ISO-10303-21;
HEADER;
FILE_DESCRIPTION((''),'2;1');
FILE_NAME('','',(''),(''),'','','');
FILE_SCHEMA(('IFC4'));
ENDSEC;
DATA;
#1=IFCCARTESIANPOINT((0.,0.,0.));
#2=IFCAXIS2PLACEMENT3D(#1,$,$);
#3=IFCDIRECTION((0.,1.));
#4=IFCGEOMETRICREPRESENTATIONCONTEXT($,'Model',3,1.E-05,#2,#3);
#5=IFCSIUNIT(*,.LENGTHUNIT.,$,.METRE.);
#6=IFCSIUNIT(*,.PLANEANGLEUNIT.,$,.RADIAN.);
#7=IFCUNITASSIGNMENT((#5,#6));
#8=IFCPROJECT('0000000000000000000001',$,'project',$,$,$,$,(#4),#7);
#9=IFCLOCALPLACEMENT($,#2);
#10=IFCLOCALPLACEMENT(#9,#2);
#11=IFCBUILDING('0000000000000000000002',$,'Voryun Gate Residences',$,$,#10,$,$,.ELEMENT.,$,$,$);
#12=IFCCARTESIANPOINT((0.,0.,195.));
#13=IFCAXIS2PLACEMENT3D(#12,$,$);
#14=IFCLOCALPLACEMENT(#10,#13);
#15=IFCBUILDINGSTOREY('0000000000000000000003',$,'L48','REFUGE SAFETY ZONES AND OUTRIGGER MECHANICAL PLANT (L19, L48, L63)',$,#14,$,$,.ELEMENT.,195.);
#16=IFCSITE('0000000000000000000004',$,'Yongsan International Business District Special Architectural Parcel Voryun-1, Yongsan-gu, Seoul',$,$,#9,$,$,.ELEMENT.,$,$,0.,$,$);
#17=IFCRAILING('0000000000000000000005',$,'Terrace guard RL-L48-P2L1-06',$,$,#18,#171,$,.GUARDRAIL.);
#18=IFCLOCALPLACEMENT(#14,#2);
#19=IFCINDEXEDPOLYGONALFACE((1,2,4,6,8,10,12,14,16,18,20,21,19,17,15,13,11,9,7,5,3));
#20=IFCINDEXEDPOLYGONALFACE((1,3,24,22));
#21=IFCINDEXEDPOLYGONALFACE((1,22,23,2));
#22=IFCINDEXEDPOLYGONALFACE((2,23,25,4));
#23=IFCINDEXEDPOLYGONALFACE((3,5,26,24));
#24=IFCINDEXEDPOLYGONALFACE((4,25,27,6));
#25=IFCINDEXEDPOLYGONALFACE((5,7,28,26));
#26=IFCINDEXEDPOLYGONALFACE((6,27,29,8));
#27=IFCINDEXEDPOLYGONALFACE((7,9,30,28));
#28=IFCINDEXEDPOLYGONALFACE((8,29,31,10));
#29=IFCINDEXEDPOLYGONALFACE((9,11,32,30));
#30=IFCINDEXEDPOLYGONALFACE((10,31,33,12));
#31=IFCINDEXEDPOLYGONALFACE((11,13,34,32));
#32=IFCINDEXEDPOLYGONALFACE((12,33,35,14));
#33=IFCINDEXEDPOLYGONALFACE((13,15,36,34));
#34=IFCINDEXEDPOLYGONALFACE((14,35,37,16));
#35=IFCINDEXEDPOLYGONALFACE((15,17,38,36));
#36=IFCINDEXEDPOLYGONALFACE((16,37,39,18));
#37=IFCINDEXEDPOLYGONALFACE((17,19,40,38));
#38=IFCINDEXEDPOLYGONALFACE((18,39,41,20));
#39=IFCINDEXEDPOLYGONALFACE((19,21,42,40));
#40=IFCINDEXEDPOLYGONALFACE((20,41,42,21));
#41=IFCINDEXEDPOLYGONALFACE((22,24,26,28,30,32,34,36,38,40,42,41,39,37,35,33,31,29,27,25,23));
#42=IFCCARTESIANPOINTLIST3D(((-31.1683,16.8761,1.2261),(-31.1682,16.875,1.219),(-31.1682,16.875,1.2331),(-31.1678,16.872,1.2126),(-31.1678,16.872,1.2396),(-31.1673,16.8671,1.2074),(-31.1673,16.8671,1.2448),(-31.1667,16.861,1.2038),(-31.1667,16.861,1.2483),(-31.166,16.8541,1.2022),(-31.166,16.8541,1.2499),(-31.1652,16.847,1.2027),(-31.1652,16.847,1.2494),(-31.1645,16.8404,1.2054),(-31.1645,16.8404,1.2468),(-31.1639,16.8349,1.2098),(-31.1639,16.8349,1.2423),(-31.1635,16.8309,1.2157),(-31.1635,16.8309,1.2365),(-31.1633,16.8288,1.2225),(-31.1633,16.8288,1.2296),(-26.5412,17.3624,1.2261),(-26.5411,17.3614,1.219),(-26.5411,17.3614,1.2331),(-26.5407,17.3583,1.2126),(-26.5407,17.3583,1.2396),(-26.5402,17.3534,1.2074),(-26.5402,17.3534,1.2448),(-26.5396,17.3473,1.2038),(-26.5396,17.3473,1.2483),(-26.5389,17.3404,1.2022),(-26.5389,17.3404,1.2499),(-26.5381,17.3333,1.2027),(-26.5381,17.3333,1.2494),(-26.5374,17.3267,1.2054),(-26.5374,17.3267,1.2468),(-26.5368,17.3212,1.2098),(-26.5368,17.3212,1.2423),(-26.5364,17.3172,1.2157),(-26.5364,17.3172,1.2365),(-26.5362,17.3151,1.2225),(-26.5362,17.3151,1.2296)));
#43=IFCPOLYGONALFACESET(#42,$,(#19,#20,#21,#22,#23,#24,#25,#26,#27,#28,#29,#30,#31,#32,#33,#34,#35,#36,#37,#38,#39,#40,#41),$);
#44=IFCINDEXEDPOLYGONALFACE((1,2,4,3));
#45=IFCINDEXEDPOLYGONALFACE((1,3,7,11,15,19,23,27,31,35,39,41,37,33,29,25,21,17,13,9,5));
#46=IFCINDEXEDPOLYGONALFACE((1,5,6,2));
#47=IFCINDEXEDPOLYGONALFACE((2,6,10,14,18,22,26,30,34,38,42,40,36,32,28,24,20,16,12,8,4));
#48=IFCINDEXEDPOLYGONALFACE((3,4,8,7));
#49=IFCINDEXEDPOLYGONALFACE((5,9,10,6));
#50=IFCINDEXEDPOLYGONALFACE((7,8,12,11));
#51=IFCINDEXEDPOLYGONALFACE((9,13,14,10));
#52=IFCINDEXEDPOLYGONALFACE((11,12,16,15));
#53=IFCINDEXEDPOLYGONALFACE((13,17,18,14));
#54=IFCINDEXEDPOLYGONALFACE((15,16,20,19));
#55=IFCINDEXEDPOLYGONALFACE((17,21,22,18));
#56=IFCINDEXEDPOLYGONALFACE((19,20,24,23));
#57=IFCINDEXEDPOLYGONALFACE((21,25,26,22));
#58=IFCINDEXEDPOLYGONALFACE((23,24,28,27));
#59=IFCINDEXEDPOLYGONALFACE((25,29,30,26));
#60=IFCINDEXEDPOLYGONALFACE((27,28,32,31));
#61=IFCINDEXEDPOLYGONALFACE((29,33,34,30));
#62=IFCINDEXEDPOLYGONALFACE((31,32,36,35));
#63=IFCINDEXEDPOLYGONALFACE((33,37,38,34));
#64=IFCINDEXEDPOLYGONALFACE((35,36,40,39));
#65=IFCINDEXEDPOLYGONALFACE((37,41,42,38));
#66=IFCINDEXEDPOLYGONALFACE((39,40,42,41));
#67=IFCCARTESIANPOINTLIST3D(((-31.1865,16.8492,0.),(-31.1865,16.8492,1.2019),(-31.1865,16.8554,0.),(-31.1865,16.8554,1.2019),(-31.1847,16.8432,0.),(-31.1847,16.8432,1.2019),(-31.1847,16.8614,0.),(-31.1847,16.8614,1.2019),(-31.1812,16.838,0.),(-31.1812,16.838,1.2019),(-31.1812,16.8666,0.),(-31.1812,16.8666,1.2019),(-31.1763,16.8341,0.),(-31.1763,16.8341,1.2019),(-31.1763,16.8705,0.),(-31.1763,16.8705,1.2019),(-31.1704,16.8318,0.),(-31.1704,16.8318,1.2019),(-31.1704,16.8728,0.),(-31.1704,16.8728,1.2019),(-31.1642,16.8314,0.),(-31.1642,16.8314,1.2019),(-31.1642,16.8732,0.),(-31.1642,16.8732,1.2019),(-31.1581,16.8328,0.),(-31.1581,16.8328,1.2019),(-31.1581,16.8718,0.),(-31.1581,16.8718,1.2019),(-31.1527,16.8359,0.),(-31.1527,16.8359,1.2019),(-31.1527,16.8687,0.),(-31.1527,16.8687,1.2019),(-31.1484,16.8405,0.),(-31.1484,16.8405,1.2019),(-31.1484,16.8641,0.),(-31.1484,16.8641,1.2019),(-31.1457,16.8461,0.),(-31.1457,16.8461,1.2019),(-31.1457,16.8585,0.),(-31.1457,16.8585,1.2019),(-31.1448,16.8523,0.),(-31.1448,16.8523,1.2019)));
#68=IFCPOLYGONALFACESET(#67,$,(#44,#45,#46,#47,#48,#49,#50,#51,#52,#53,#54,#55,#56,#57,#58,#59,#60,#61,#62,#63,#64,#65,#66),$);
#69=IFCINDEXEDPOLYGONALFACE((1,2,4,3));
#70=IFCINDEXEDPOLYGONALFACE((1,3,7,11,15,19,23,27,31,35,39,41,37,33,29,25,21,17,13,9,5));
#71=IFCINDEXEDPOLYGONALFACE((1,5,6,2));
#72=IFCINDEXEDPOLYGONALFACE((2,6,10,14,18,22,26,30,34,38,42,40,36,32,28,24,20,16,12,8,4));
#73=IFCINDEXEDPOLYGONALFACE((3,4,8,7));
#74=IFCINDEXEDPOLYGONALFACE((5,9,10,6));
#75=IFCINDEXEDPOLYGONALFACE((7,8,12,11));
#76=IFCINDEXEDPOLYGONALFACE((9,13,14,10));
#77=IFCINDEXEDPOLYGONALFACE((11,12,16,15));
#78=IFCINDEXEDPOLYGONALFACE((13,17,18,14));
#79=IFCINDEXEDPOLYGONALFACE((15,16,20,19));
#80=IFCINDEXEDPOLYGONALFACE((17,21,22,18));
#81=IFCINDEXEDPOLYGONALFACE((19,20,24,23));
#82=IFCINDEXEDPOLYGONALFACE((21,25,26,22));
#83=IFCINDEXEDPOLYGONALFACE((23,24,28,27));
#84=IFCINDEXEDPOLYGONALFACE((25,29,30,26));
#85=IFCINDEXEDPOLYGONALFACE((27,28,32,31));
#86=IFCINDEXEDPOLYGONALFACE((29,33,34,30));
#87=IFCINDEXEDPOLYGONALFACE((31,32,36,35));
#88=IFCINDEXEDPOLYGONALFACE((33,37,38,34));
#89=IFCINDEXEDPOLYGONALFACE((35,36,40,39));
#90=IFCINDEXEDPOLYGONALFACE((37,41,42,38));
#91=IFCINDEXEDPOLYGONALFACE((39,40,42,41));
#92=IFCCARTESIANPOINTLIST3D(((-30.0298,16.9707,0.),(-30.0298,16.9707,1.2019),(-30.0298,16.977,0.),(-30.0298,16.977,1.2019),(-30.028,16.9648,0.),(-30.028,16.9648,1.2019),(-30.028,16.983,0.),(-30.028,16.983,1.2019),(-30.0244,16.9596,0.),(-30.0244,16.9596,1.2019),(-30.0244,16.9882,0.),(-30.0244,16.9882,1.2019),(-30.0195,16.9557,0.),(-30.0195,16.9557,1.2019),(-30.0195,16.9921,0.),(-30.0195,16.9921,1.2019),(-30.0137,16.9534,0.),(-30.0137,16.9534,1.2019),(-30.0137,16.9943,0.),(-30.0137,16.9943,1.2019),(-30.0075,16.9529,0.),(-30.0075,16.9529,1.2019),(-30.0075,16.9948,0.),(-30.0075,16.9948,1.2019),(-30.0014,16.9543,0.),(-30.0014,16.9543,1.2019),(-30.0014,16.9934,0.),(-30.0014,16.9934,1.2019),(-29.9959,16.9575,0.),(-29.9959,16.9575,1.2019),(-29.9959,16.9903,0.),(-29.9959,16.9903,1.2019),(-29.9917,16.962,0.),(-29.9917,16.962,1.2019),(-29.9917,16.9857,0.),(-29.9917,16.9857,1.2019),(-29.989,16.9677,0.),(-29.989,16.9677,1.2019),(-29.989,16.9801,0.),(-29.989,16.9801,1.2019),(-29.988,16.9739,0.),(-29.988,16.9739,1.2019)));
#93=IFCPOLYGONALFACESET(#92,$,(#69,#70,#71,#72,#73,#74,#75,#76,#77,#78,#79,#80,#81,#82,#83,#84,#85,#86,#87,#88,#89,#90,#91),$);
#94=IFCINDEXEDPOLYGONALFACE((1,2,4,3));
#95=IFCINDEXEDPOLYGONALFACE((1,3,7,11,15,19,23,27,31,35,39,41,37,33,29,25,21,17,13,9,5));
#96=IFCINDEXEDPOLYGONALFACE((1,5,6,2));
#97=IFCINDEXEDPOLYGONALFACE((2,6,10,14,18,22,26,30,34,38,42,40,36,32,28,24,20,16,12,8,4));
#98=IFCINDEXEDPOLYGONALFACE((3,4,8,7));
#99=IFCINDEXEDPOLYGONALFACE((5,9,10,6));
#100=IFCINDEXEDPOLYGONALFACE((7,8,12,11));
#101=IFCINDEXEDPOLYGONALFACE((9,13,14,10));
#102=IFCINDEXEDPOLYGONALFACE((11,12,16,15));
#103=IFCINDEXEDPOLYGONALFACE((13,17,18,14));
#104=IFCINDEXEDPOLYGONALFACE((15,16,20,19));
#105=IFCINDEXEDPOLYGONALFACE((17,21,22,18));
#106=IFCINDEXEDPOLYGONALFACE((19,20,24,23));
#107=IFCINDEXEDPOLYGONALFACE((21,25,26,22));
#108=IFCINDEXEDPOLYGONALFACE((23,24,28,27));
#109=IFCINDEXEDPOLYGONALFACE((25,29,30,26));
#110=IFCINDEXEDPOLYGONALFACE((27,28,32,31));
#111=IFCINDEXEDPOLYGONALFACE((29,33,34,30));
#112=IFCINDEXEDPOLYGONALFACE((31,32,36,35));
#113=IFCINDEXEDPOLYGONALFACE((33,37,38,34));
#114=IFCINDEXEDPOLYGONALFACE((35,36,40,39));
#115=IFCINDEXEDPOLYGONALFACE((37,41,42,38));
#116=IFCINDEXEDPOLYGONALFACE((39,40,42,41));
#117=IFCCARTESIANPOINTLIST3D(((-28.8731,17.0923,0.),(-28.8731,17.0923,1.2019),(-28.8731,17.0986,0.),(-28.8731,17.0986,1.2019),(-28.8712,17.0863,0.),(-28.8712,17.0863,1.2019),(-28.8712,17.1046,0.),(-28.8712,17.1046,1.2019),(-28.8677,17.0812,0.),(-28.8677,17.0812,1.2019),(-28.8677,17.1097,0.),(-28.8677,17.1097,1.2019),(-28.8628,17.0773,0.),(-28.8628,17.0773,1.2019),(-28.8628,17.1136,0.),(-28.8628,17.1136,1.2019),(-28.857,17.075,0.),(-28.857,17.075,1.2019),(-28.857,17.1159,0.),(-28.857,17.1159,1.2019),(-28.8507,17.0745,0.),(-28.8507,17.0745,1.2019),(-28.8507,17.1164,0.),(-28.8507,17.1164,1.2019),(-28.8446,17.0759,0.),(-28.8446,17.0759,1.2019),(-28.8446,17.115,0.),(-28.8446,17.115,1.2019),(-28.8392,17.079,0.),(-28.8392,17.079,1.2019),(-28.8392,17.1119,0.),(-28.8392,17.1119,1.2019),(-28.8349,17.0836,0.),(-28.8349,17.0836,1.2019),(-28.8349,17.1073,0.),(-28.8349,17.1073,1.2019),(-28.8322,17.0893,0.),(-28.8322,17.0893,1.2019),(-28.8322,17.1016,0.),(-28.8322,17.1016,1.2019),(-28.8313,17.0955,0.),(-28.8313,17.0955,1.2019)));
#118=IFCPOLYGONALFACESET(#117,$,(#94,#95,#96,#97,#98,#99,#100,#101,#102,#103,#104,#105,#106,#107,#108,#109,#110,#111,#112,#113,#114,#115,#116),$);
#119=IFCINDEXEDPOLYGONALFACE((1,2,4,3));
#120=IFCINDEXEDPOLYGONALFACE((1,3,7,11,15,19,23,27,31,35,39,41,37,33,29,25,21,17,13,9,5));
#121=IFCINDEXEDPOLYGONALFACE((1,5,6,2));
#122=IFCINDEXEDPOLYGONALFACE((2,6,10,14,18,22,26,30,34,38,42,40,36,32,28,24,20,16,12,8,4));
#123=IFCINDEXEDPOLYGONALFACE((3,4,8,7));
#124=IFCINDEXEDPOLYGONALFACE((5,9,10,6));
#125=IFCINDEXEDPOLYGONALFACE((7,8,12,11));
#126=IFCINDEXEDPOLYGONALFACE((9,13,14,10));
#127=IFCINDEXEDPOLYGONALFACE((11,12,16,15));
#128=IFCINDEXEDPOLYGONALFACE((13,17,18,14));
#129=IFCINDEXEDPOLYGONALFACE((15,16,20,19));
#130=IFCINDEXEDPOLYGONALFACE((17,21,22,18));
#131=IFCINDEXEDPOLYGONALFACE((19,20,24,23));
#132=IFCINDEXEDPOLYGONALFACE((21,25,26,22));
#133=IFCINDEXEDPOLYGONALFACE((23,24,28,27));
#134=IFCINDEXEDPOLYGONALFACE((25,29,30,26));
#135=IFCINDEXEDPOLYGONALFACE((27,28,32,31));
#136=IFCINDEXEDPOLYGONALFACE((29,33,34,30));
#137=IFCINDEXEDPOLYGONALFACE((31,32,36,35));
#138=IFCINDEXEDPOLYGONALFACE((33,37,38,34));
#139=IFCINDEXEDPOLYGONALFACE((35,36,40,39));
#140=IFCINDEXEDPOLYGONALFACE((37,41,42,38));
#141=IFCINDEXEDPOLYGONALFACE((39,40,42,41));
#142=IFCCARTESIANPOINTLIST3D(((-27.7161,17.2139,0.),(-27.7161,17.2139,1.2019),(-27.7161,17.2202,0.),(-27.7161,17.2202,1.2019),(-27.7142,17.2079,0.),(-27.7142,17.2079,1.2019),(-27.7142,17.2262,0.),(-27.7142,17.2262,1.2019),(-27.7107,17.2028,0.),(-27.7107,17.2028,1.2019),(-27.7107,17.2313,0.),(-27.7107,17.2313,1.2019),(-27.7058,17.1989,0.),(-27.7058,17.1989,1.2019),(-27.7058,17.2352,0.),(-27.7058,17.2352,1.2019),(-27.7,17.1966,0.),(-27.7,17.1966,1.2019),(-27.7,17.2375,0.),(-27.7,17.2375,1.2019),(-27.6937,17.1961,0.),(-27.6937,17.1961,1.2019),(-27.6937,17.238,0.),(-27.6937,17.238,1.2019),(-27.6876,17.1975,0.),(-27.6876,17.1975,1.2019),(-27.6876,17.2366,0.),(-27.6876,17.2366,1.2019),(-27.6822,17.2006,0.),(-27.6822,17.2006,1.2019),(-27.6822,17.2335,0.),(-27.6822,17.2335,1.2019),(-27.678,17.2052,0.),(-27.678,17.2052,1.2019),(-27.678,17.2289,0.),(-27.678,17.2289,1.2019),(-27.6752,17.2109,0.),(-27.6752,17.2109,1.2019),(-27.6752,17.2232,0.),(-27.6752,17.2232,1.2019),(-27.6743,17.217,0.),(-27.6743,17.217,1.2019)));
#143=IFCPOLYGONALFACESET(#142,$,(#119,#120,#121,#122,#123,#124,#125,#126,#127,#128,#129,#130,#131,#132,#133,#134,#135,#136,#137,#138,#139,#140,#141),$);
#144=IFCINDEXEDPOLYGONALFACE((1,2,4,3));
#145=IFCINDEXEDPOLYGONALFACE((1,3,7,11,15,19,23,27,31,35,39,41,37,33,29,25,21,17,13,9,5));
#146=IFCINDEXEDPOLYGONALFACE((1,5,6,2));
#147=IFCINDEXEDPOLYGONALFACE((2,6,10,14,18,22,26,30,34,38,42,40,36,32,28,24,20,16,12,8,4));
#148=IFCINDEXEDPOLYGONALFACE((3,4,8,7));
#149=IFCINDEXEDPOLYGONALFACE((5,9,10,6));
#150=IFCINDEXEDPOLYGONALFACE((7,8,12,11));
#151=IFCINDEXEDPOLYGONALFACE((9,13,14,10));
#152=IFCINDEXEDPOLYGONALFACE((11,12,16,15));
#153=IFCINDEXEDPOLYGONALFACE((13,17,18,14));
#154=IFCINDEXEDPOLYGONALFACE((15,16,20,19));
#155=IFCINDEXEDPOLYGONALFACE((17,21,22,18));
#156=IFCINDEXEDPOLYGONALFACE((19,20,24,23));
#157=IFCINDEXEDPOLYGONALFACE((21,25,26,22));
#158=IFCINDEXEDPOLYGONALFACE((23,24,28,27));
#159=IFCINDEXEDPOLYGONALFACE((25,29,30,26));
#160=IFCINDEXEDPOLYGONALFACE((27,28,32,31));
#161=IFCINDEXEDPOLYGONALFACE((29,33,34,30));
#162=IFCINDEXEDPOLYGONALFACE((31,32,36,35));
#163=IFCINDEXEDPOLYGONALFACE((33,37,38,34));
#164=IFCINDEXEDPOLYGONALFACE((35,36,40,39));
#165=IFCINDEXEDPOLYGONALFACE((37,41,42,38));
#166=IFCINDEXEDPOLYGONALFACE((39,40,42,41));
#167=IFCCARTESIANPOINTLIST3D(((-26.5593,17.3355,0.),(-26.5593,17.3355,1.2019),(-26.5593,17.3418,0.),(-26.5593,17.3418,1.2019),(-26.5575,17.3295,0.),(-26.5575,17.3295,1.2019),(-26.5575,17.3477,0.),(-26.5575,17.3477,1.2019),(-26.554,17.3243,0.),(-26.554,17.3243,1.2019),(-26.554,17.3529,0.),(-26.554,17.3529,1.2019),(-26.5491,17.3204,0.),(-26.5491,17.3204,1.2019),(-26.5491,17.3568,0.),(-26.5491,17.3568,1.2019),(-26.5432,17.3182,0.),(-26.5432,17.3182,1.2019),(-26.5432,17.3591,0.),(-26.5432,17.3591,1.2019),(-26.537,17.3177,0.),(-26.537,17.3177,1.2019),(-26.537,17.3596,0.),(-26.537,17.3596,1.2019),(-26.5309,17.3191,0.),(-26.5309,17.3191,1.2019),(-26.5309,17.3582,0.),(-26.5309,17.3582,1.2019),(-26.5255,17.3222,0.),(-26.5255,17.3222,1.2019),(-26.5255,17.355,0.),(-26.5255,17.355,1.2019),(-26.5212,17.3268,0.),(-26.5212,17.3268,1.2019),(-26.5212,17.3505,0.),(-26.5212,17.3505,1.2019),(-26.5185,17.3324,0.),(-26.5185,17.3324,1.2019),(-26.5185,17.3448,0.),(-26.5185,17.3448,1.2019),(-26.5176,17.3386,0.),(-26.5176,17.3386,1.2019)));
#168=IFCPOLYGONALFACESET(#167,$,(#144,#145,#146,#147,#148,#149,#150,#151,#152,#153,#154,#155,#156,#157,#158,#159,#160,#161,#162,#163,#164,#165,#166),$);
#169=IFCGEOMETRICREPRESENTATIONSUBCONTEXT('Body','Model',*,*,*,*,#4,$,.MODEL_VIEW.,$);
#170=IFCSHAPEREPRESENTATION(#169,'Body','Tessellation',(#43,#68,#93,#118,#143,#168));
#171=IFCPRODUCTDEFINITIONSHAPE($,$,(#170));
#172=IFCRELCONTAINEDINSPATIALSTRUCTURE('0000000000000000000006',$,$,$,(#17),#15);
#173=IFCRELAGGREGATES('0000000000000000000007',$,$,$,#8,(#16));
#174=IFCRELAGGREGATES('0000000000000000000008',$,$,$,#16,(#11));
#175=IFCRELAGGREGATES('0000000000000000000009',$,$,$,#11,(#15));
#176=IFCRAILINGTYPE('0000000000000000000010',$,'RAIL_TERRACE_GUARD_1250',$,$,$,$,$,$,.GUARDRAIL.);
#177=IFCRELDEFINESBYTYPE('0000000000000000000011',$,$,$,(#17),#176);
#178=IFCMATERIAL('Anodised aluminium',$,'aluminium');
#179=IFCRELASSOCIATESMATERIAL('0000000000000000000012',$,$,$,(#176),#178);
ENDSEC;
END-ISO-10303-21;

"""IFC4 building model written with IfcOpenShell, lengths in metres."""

from ifc_helpers import new_model, si_unit, direction, frame, origin, origin_2d, place, context, subcontext, project, spatial, circle, extrude, material, type_object, element, save


model = new_model("IFC4")

# Units and contexts
model_context = context("Model", 3, precision=1e-05, world=origin(), true_north=direction((0.0, 1.0)))
body_context = subcontext(model_context, "Body", "Model", "MODEL_VIEW")
ifc_project = project(units=[si_unit("LENGTHUNIT", "METRE"), si_unit("PLANEANGLEUNIT", "RADIAN")], contexts=[model_context])

# Site, building, storey
site_placement = place(None, origin())
site = spatial("IfcSite", under=ifc_project, at=site_placement, Name="Yongsan International Business District Special Architectural Parcel Voryun-1, Yongsan-gu, Seoul", CompositionType="ELEMENT", RefElevation=0.0)
building_placement = place(site_placement, origin())
building = spatial("IfcBuilding", under=site, at=building_placement, Name="Voryun Gate Residences", CompositionType="ELEMENT")
storey_placement = place(building_placement, frame((0.0, 0.0, 195.0)))
storey = spatial("IfcBuildingStorey", under=building, at=storey_placement, Name="L48", Description="REFUGE SAFETY ZONES AND OUTRIGGER MECHANICAL PLANT (L19, L48, L63)", CompositionType="ELEMENT", Elevation=195.0)

# Railing
ifc_material_1 = material(Name="Anodised aluminium", Category="aluminium")
railing_type = type_object("IfcRailingType", Name="RAIL_TERRACE_GUARD_1250", PredefinedType="GUARDRAIL", material=ifc_material_1)
railing_1_placement = place(storey_placement, frame((-31.1658, 16.8523, 0.0)))
element("IfcRailing", 1, at=railing_1_placement, inside=storey, type_object=railing_type, Name="Terrace guard RL-L48-P2L1-06", PredefinedType="GUARDRAIL", context=body_context, shape_type="SweptSolid", body=[
    extrude(circle(Radius=0.0239, at=origin_2d()), frame((0.0, 0.0, 1.2261), z_axis=(0.994522, 0.104526, 0.0), x_axis=(-0.104526, 0.994522, 0.0)), (0.0, 0.0, 1.0), 4.6526),
    extrude(circle(Radius=0.021, at=origin_2d()), origin(), (0.0, 0.0, 1.0), 1.2019),
    extrude(circle(Radius=0.021, at=origin_2d()), frame((1.1567, 0.1216, 0.0)), (0.0, 0.0, 1.0), 1.2019),
    extrude(circle(Radius=0.021, at=origin_2d()), frame((2.3135, 0.2432, 0.0)), (0.0, 0.0, 1.0), 1.2019),
    extrude(circle(Radius=0.021, at=origin_2d()), frame((3.4705, 0.3647, 0.0)), (0.0, 0.0, 1.0), 1.2019),
    extrude(circle(Radius=0.021, at=origin_2d()), frame((4.6272, 0.4863, 0.0)), (0.0, 0.0, 1.0), 1.2019),
])

save(model, "model.ifc")
